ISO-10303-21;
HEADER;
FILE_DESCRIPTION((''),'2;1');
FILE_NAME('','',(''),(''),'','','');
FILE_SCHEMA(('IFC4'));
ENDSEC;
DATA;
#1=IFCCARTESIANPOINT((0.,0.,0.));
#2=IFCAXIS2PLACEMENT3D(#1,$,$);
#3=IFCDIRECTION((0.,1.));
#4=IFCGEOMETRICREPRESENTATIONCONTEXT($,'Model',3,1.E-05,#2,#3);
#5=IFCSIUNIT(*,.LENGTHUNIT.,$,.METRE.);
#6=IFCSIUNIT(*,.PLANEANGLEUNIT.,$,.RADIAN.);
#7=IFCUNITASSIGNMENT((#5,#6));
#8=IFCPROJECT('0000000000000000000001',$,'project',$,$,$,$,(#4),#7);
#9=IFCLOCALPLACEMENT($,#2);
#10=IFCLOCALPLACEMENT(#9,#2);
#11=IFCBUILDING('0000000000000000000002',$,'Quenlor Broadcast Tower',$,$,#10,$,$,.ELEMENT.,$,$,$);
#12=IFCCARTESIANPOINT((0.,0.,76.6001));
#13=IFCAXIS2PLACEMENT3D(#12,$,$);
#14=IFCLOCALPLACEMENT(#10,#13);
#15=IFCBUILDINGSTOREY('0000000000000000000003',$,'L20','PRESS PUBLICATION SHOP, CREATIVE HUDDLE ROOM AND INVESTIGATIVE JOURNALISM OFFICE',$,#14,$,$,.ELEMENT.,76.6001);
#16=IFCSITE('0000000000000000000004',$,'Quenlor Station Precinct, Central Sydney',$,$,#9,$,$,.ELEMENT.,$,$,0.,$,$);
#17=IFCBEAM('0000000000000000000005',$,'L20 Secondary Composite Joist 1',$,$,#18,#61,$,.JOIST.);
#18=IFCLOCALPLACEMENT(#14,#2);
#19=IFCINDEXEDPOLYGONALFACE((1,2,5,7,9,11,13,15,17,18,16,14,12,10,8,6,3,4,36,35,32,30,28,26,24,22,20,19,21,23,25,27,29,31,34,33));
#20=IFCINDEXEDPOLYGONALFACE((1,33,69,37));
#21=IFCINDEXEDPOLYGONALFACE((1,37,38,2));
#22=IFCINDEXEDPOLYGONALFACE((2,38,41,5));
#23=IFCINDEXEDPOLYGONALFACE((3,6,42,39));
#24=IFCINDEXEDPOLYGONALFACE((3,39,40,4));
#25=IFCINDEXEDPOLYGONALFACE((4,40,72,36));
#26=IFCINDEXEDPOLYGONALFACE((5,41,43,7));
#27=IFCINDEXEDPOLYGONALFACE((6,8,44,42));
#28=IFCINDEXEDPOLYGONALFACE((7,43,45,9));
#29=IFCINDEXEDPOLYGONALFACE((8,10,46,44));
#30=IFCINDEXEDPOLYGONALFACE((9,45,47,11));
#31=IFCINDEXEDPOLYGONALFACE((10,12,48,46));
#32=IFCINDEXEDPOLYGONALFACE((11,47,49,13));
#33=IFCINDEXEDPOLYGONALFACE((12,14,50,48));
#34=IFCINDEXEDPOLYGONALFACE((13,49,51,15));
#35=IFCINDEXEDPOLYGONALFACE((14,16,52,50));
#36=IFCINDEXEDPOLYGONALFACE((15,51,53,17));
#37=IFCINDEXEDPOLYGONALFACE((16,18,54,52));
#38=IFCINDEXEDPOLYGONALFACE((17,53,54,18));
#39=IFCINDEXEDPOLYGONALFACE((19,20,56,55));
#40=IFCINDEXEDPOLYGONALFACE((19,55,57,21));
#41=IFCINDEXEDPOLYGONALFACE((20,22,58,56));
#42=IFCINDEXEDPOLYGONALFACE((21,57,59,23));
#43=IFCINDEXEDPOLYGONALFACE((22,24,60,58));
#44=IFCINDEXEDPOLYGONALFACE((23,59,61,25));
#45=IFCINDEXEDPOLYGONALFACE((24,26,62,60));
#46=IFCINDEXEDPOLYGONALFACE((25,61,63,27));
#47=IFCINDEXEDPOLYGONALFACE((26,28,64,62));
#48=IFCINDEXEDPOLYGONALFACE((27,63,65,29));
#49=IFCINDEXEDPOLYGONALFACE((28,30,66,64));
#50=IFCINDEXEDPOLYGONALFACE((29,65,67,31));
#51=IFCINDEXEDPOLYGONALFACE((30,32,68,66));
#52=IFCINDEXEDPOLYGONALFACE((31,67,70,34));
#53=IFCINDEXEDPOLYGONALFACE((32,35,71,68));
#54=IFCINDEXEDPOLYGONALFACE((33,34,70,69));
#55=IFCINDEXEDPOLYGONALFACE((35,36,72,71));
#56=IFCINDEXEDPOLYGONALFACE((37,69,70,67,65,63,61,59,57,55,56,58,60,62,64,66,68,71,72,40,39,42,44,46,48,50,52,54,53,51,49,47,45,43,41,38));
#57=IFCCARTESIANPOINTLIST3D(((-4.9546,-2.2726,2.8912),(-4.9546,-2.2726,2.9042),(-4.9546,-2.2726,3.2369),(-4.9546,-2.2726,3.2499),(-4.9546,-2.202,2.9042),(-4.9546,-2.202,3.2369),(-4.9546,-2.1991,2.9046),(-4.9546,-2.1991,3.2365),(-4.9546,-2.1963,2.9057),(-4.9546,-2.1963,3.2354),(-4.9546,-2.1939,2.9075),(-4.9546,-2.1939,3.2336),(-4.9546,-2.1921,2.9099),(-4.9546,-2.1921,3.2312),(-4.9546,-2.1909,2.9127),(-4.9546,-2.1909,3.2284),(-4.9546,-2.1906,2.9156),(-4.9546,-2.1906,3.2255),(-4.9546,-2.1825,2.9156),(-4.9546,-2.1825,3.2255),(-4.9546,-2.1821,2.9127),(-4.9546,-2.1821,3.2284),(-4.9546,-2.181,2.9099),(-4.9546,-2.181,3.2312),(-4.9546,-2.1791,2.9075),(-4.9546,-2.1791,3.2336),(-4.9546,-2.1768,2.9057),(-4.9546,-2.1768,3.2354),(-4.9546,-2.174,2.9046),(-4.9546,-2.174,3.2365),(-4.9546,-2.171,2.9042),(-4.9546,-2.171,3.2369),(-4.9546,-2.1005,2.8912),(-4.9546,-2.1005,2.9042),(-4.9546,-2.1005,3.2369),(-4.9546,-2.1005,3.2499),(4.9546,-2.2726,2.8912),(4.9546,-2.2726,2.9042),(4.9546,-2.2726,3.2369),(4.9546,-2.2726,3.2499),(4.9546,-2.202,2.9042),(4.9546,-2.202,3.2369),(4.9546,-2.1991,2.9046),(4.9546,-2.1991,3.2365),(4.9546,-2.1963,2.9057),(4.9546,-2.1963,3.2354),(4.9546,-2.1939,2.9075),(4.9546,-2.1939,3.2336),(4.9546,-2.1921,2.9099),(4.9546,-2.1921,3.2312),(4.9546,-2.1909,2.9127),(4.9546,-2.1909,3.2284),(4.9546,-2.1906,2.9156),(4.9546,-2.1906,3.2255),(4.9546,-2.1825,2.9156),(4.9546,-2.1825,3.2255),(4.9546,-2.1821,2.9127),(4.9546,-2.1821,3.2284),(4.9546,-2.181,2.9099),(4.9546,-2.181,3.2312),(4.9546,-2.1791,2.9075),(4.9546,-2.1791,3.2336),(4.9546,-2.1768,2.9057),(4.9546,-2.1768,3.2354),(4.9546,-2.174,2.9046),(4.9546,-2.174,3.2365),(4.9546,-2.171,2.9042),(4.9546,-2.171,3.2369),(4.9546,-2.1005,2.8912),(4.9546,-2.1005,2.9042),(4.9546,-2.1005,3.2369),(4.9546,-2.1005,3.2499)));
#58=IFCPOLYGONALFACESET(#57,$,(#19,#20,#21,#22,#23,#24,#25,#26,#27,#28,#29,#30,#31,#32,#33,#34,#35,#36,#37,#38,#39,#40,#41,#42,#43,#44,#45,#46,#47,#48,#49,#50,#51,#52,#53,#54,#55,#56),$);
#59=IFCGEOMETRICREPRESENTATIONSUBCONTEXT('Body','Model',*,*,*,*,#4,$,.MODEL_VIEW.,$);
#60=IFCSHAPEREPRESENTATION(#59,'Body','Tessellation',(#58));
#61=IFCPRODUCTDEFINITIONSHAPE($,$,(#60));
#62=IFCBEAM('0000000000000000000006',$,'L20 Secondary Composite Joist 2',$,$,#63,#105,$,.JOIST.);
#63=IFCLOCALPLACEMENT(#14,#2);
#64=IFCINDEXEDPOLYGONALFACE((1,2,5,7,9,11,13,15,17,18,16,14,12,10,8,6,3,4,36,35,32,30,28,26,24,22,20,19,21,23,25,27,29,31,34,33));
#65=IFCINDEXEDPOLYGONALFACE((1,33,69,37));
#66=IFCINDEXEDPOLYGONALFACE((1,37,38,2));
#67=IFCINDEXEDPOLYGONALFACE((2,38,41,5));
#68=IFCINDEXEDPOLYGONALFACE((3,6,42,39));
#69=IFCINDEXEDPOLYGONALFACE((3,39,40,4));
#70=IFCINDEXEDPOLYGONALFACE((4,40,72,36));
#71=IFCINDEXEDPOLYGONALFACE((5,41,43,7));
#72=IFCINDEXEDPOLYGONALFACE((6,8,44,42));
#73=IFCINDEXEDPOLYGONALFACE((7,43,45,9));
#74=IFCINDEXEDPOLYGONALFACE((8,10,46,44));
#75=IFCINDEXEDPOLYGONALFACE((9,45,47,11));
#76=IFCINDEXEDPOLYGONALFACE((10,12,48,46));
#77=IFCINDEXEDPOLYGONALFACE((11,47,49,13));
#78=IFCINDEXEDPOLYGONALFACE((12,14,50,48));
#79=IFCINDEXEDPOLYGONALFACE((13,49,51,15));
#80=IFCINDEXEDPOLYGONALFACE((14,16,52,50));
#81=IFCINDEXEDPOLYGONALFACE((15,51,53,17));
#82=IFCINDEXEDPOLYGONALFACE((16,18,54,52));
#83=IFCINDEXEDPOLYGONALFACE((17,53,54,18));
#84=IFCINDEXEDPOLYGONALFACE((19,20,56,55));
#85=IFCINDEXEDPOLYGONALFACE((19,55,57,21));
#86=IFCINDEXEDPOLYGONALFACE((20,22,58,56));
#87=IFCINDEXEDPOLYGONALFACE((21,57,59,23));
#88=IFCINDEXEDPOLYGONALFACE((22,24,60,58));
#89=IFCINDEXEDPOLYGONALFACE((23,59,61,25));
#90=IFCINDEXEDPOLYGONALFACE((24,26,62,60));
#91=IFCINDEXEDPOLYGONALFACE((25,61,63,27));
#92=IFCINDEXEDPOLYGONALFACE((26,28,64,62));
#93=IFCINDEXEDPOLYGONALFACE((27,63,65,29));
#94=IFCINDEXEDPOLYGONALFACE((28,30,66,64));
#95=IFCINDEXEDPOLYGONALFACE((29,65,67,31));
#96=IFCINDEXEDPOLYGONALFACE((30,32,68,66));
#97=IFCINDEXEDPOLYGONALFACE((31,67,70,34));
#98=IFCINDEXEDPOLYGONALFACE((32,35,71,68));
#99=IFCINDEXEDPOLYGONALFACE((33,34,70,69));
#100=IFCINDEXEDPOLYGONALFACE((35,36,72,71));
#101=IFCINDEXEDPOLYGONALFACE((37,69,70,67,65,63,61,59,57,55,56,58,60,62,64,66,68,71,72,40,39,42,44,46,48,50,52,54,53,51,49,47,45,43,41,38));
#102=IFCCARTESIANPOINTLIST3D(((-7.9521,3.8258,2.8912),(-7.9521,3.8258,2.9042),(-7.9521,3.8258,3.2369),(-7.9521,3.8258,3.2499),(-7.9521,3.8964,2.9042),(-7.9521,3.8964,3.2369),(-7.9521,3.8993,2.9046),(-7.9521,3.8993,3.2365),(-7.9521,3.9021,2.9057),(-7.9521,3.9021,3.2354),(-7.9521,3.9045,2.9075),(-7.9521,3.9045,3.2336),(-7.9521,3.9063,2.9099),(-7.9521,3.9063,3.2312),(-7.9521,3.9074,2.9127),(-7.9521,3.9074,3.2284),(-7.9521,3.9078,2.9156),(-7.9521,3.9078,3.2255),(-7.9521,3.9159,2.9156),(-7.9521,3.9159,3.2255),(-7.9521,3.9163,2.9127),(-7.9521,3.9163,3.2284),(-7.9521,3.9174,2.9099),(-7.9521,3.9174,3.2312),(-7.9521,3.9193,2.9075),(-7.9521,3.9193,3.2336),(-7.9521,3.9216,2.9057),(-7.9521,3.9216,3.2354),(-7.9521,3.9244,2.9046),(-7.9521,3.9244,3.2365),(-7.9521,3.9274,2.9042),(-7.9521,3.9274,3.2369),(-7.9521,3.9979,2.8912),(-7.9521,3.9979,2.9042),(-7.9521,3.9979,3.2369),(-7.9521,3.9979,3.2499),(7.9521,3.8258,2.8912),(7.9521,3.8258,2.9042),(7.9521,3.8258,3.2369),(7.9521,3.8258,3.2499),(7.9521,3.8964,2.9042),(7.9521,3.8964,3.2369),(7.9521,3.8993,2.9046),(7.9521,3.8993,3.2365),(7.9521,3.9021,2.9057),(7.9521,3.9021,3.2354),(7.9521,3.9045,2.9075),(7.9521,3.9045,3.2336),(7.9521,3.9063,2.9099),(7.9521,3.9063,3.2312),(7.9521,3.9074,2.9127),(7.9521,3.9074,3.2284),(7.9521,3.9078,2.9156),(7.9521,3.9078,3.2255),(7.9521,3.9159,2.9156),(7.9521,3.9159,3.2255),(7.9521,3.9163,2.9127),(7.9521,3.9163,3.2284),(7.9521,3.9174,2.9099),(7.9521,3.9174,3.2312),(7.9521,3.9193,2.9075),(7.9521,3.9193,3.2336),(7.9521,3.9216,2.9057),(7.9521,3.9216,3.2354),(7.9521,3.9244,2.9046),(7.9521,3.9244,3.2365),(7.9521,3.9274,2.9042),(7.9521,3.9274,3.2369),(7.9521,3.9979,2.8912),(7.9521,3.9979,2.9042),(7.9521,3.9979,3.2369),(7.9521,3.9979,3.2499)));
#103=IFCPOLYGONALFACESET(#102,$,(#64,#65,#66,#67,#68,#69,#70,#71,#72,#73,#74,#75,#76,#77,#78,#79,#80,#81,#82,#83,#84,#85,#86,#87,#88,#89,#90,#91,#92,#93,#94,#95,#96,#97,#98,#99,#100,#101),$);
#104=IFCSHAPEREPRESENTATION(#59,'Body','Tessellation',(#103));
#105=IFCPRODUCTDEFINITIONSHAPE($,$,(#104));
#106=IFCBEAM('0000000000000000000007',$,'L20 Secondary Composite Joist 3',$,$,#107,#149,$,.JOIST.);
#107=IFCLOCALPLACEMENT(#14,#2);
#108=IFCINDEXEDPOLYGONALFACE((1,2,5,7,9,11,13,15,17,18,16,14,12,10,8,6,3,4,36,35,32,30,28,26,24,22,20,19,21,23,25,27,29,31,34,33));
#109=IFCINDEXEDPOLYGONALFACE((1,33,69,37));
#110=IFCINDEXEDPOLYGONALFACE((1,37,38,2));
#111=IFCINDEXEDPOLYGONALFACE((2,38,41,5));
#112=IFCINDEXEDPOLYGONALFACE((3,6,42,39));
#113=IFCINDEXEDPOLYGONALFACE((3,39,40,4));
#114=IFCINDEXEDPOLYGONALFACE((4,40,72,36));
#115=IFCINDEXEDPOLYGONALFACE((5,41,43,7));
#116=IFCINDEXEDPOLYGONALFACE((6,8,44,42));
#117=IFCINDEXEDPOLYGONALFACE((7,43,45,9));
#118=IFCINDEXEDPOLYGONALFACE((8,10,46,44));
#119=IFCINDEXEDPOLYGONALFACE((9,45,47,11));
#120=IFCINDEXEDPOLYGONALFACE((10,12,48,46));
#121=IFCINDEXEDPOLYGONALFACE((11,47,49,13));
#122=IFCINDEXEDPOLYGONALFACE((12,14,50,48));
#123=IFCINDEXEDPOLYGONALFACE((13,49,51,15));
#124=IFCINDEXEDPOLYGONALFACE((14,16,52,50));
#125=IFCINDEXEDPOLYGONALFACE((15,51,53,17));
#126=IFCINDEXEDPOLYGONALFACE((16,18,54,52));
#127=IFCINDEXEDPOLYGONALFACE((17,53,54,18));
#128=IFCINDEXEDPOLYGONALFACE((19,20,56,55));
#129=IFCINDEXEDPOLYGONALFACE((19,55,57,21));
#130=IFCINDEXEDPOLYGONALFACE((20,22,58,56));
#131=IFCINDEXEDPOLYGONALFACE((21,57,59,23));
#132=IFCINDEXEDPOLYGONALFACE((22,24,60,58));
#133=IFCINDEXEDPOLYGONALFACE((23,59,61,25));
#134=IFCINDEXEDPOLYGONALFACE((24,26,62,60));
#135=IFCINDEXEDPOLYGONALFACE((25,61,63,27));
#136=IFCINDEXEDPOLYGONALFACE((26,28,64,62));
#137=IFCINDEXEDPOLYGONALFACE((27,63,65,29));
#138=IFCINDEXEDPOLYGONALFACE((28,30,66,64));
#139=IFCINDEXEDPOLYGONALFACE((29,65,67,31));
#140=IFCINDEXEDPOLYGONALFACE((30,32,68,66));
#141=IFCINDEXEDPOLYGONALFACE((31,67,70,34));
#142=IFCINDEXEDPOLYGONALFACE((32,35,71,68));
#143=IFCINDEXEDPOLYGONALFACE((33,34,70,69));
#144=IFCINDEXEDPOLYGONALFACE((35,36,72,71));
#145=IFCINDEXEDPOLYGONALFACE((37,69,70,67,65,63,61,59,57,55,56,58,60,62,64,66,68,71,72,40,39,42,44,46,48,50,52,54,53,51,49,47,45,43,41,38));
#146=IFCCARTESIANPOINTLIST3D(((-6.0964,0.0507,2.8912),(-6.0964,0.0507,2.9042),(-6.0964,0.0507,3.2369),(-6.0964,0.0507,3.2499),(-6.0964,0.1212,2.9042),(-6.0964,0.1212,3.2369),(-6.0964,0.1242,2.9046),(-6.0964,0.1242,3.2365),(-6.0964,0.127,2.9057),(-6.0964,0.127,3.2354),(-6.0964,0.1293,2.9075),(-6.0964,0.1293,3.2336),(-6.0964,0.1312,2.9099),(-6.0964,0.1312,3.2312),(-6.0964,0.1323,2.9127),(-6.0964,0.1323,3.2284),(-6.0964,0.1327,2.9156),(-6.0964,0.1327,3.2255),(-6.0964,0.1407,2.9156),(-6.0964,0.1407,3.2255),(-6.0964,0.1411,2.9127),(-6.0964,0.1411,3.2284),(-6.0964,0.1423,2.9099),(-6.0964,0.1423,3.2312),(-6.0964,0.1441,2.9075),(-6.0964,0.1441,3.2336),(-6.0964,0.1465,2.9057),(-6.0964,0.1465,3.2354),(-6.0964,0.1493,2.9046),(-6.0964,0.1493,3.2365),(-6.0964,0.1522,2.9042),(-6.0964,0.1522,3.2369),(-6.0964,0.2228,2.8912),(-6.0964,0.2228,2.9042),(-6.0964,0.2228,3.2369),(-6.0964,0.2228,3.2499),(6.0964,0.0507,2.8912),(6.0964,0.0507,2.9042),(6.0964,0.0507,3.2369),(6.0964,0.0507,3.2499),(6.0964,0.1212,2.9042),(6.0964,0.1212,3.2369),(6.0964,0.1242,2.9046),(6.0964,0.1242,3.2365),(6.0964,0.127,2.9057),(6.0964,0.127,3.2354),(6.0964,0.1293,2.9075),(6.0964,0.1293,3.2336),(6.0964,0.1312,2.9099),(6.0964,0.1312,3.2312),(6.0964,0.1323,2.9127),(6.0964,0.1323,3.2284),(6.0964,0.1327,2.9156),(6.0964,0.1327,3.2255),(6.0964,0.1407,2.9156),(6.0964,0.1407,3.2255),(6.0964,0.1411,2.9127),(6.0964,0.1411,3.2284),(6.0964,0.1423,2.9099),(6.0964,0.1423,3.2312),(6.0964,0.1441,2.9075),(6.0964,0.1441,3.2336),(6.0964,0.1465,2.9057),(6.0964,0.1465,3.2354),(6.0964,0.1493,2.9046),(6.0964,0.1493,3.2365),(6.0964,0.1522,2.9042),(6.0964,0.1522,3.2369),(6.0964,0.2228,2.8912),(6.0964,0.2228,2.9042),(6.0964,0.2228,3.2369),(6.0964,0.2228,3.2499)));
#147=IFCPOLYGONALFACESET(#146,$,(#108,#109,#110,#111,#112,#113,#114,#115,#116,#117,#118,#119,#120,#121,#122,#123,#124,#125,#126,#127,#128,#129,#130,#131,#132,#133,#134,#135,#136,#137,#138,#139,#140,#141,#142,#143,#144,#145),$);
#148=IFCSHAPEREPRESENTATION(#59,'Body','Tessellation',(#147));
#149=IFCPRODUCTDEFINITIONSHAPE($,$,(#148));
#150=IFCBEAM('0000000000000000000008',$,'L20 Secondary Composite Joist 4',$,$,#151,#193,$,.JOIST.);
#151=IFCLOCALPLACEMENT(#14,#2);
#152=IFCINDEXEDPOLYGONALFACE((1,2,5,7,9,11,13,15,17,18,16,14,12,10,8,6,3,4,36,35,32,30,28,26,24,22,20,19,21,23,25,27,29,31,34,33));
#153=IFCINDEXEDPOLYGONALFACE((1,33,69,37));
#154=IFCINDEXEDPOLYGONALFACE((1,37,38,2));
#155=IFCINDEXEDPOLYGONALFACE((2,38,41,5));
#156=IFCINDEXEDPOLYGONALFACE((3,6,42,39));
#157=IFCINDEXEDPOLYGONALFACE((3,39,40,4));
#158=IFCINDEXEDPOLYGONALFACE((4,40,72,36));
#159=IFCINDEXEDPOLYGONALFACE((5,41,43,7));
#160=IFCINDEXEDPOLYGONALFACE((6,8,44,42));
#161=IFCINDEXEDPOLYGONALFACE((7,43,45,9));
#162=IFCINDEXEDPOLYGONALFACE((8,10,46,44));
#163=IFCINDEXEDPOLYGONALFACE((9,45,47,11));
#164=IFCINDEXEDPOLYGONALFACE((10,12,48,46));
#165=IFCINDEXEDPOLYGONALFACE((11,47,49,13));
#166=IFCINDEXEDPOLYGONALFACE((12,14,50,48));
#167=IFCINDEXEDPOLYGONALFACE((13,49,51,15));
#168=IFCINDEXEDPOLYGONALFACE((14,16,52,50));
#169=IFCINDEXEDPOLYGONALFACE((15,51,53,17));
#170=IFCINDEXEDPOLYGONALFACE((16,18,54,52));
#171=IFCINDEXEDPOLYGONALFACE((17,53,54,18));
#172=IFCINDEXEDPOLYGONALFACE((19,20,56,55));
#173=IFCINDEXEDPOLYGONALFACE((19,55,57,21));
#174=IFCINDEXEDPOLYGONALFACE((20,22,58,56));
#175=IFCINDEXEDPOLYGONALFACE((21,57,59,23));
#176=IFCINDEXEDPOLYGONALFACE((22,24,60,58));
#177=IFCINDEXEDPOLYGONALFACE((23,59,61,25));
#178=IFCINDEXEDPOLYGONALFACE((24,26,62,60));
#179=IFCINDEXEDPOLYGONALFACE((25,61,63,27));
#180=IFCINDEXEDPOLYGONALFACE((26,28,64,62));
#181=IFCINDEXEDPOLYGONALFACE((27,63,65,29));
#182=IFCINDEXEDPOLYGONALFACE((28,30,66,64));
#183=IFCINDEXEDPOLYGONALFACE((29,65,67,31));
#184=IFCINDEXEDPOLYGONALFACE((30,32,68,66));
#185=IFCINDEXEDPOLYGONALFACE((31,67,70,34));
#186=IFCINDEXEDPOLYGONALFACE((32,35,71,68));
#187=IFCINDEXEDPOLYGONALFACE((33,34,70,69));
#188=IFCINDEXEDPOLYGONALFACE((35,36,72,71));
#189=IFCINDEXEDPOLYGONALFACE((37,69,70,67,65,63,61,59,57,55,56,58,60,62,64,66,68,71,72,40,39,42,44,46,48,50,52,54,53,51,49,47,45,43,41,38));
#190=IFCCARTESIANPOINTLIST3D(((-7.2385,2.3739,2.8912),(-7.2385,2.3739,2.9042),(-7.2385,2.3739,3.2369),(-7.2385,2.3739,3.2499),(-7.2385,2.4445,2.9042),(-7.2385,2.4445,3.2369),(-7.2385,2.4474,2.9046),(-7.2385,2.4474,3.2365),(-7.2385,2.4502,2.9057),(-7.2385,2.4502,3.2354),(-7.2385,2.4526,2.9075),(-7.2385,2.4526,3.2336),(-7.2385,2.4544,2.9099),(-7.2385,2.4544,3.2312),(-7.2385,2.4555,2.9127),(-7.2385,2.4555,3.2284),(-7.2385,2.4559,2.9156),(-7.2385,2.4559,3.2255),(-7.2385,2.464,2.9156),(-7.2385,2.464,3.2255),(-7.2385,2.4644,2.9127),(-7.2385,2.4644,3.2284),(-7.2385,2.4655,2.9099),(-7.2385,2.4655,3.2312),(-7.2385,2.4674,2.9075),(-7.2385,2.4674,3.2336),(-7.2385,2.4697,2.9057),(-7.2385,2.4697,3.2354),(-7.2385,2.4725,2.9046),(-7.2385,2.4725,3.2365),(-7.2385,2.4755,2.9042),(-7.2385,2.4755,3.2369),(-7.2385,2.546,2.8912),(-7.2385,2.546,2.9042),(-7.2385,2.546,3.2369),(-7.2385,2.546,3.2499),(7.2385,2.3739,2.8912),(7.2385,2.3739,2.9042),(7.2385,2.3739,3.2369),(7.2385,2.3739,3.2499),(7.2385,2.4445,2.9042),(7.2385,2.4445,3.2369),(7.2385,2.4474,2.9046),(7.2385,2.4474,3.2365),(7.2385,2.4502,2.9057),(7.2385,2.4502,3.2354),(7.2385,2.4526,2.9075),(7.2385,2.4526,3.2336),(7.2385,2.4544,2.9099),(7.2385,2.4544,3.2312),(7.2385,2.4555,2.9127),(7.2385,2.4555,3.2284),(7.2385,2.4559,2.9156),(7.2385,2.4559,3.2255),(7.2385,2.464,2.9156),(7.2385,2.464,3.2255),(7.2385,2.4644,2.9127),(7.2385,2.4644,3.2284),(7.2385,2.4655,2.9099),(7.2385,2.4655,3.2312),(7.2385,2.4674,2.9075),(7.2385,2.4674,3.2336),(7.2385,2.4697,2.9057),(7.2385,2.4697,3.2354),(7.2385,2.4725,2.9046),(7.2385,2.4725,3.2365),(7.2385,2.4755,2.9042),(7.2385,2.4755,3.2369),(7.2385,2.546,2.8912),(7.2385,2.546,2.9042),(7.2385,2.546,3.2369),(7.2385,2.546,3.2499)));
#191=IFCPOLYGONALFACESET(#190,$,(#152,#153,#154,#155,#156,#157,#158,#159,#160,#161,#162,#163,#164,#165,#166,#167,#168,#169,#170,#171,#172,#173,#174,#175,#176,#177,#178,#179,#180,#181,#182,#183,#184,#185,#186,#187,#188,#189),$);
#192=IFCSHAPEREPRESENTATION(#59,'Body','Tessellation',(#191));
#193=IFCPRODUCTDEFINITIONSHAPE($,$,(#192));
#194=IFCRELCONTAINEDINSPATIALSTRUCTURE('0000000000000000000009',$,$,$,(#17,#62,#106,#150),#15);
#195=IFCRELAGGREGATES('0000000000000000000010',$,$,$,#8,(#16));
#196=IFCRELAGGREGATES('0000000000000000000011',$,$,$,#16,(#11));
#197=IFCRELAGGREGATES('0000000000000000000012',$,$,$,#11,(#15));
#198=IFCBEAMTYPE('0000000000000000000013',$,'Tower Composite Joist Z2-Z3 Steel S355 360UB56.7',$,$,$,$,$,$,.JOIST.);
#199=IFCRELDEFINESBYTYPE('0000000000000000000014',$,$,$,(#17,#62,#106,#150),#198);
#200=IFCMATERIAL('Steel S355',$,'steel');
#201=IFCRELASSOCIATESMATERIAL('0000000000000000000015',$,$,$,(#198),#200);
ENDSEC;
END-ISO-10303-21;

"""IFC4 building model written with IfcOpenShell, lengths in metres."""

from ifc_helpers import new_model, si_unit, direction, frame, origin, origin_2d, place, context, subcontext, project, spatial, i_section, extrude, material, material_profile, profile_set, type_object, element, save


model = new_model("IFC4")

# Units and contexts
model_context = context("Model", 3, precision=1e-05, world=origin(), true_north=direction((0.0, 1.0)))
body_context = subcontext(model_context, "Body", "Model", "MODEL_VIEW")
ifc_project = project(units=[si_unit("LENGTHUNIT", "METRE"), si_unit("PLANEANGLEUNIT", "RADIAN")], contexts=[model_context])

# Site, building, storey
site_placement = place(None, origin())
site = spatial("IfcSite", under=ifc_project, at=site_placement, Name="Quenlor Station Precinct, Central Sydney", CompositionType="ELEMENT", RefElevation=0.0)
building_placement = place(site_placement, origin())
building = spatial("IfcBuilding", under=site, at=building_placement, Name="Quenlor Broadcast Tower", CompositionType="ELEMENT")
storey_placement = place(building_placement, frame((0.0, 0.0, 76.6001)))
storey = spatial("IfcBuildingStorey", under=building, at=storey_placement, Name="L20", Description="PRESS PUBLICATION SHOP, CREATIVE HUDDLE ROOM AND INVESTIGATIVE JOURNALISM OFFICE", CompositionType="ELEMENT", Elevation=76.6001)

# Beams
ifc_material_1 = material(Name="Steel S355", Category="steel")
ifc_material_profile_1 = material_profile(ifc_material_1, i_section(OverallWidth=0.1721, OverallDepth=0.3586, WebThickness=0.0081, FlangeThickness=0.0129, FilletRadius=0.0115, at=origin_2d()))
ifc_profile_set_1 = profile_set([ifc_material_profile_1], Name="Steel S355 360UB56.7")
beam_type_1 = type_object("IfcBeamType", Name="Tower Composite Joist Z2-Z3 Steel S355 360UB56.7", PredefinedType="JOIST", material=ifc_profile_set_1)
beam_1_placement = place(storey_placement, frame((-4.9546, -2.1865, 3.0706), z_axis=(1.0, 0.0, 0.0), x_axis=(0.0, 1.0, 0.0)))
element("IfcBeam", 1, at=beam_1_placement, inside=storey, type_object=beam_type_1, Name="L20 Secondary Composite Joist 1", PredefinedType="JOIST", context=body_context, shape_type="SweptSolid", body=[
    extrude(i_section(OverallWidth=0.1721, OverallDepth=0.3586, WebThickness=0.0081, FlangeThickness=0.0129, FilletRadius=0.0115, at=origin_2d()), origin(), (0.0, 0.0, 1.0), 9.9092),
])
beam_2_placement = place(storey_placement, frame((-7.9521, 3.9119, 3.0706), z_axis=(1.0, 0.0, 0.0), x_axis=(0.0, 1.0, 0.0)))
element("IfcBeam", 2, at=beam_2_placement, inside=storey, type_object=beam_type_1, Name="L20 Secondary Composite Joist 2", PredefinedType="JOIST", context=body_context, shape_type="SweptSolid", body=[
    extrude(i_section(OverallWidth=0.1721, OverallDepth=0.3586, WebThickness=0.0081, FlangeThickness=0.0129, FilletRadius=0.0115, at=origin_2d()), origin(), (0.0, 0.0, 1.0), 15.9043),
])
beam_3_placement = place(storey_placement, frame((-6.0964, 0.1367, 3.0706), z_axis=(1.0, 0.0, 0.0), x_axis=(0.0, 1.0, 0.0)))
element("IfcBeam", 3, at=beam_3_placement, inside=storey, type_object=beam_type_1, Name="L20 Secondary Composite Joist 3", PredefinedType="JOIST", context=body_context, shape_type="SweptSolid", body=[
    extrude(i_section(OverallWidth=0.1721, OverallDepth=0.3586, WebThickness=0.0081, FlangeThickness=0.0129, FilletRadius=0.0115, at=origin_2d()), origin(), (0.0, 0.0, 1.0), 12.1929),
])
beam_4_placement = place(storey_placement, frame((-7.2385, 2.46, 3.0706), z_axis=(1.0, 0.0, 0.0), x_axis=(0.0, 1.0, 0.0)))
element("IfcBeam", 4, at=beam_4_placement, inside=storey, type_object=beam_type_1, Name="L20 Secondary Composite Joist 4", PredefinedType="JOIST", context=body_context, shape_type="SweptSolid", body=[
    extrude(i_section(OverallWidth=0.1721, OverallDepth=0.3586, WebThickness=0.0081, FlangeThickness=0.0129, FilletRadius=0.0115, at=origin_2d()), origin(), (0.0, 0.0, 1.0), 14.4771),
])

save(model, "model.ifc")
